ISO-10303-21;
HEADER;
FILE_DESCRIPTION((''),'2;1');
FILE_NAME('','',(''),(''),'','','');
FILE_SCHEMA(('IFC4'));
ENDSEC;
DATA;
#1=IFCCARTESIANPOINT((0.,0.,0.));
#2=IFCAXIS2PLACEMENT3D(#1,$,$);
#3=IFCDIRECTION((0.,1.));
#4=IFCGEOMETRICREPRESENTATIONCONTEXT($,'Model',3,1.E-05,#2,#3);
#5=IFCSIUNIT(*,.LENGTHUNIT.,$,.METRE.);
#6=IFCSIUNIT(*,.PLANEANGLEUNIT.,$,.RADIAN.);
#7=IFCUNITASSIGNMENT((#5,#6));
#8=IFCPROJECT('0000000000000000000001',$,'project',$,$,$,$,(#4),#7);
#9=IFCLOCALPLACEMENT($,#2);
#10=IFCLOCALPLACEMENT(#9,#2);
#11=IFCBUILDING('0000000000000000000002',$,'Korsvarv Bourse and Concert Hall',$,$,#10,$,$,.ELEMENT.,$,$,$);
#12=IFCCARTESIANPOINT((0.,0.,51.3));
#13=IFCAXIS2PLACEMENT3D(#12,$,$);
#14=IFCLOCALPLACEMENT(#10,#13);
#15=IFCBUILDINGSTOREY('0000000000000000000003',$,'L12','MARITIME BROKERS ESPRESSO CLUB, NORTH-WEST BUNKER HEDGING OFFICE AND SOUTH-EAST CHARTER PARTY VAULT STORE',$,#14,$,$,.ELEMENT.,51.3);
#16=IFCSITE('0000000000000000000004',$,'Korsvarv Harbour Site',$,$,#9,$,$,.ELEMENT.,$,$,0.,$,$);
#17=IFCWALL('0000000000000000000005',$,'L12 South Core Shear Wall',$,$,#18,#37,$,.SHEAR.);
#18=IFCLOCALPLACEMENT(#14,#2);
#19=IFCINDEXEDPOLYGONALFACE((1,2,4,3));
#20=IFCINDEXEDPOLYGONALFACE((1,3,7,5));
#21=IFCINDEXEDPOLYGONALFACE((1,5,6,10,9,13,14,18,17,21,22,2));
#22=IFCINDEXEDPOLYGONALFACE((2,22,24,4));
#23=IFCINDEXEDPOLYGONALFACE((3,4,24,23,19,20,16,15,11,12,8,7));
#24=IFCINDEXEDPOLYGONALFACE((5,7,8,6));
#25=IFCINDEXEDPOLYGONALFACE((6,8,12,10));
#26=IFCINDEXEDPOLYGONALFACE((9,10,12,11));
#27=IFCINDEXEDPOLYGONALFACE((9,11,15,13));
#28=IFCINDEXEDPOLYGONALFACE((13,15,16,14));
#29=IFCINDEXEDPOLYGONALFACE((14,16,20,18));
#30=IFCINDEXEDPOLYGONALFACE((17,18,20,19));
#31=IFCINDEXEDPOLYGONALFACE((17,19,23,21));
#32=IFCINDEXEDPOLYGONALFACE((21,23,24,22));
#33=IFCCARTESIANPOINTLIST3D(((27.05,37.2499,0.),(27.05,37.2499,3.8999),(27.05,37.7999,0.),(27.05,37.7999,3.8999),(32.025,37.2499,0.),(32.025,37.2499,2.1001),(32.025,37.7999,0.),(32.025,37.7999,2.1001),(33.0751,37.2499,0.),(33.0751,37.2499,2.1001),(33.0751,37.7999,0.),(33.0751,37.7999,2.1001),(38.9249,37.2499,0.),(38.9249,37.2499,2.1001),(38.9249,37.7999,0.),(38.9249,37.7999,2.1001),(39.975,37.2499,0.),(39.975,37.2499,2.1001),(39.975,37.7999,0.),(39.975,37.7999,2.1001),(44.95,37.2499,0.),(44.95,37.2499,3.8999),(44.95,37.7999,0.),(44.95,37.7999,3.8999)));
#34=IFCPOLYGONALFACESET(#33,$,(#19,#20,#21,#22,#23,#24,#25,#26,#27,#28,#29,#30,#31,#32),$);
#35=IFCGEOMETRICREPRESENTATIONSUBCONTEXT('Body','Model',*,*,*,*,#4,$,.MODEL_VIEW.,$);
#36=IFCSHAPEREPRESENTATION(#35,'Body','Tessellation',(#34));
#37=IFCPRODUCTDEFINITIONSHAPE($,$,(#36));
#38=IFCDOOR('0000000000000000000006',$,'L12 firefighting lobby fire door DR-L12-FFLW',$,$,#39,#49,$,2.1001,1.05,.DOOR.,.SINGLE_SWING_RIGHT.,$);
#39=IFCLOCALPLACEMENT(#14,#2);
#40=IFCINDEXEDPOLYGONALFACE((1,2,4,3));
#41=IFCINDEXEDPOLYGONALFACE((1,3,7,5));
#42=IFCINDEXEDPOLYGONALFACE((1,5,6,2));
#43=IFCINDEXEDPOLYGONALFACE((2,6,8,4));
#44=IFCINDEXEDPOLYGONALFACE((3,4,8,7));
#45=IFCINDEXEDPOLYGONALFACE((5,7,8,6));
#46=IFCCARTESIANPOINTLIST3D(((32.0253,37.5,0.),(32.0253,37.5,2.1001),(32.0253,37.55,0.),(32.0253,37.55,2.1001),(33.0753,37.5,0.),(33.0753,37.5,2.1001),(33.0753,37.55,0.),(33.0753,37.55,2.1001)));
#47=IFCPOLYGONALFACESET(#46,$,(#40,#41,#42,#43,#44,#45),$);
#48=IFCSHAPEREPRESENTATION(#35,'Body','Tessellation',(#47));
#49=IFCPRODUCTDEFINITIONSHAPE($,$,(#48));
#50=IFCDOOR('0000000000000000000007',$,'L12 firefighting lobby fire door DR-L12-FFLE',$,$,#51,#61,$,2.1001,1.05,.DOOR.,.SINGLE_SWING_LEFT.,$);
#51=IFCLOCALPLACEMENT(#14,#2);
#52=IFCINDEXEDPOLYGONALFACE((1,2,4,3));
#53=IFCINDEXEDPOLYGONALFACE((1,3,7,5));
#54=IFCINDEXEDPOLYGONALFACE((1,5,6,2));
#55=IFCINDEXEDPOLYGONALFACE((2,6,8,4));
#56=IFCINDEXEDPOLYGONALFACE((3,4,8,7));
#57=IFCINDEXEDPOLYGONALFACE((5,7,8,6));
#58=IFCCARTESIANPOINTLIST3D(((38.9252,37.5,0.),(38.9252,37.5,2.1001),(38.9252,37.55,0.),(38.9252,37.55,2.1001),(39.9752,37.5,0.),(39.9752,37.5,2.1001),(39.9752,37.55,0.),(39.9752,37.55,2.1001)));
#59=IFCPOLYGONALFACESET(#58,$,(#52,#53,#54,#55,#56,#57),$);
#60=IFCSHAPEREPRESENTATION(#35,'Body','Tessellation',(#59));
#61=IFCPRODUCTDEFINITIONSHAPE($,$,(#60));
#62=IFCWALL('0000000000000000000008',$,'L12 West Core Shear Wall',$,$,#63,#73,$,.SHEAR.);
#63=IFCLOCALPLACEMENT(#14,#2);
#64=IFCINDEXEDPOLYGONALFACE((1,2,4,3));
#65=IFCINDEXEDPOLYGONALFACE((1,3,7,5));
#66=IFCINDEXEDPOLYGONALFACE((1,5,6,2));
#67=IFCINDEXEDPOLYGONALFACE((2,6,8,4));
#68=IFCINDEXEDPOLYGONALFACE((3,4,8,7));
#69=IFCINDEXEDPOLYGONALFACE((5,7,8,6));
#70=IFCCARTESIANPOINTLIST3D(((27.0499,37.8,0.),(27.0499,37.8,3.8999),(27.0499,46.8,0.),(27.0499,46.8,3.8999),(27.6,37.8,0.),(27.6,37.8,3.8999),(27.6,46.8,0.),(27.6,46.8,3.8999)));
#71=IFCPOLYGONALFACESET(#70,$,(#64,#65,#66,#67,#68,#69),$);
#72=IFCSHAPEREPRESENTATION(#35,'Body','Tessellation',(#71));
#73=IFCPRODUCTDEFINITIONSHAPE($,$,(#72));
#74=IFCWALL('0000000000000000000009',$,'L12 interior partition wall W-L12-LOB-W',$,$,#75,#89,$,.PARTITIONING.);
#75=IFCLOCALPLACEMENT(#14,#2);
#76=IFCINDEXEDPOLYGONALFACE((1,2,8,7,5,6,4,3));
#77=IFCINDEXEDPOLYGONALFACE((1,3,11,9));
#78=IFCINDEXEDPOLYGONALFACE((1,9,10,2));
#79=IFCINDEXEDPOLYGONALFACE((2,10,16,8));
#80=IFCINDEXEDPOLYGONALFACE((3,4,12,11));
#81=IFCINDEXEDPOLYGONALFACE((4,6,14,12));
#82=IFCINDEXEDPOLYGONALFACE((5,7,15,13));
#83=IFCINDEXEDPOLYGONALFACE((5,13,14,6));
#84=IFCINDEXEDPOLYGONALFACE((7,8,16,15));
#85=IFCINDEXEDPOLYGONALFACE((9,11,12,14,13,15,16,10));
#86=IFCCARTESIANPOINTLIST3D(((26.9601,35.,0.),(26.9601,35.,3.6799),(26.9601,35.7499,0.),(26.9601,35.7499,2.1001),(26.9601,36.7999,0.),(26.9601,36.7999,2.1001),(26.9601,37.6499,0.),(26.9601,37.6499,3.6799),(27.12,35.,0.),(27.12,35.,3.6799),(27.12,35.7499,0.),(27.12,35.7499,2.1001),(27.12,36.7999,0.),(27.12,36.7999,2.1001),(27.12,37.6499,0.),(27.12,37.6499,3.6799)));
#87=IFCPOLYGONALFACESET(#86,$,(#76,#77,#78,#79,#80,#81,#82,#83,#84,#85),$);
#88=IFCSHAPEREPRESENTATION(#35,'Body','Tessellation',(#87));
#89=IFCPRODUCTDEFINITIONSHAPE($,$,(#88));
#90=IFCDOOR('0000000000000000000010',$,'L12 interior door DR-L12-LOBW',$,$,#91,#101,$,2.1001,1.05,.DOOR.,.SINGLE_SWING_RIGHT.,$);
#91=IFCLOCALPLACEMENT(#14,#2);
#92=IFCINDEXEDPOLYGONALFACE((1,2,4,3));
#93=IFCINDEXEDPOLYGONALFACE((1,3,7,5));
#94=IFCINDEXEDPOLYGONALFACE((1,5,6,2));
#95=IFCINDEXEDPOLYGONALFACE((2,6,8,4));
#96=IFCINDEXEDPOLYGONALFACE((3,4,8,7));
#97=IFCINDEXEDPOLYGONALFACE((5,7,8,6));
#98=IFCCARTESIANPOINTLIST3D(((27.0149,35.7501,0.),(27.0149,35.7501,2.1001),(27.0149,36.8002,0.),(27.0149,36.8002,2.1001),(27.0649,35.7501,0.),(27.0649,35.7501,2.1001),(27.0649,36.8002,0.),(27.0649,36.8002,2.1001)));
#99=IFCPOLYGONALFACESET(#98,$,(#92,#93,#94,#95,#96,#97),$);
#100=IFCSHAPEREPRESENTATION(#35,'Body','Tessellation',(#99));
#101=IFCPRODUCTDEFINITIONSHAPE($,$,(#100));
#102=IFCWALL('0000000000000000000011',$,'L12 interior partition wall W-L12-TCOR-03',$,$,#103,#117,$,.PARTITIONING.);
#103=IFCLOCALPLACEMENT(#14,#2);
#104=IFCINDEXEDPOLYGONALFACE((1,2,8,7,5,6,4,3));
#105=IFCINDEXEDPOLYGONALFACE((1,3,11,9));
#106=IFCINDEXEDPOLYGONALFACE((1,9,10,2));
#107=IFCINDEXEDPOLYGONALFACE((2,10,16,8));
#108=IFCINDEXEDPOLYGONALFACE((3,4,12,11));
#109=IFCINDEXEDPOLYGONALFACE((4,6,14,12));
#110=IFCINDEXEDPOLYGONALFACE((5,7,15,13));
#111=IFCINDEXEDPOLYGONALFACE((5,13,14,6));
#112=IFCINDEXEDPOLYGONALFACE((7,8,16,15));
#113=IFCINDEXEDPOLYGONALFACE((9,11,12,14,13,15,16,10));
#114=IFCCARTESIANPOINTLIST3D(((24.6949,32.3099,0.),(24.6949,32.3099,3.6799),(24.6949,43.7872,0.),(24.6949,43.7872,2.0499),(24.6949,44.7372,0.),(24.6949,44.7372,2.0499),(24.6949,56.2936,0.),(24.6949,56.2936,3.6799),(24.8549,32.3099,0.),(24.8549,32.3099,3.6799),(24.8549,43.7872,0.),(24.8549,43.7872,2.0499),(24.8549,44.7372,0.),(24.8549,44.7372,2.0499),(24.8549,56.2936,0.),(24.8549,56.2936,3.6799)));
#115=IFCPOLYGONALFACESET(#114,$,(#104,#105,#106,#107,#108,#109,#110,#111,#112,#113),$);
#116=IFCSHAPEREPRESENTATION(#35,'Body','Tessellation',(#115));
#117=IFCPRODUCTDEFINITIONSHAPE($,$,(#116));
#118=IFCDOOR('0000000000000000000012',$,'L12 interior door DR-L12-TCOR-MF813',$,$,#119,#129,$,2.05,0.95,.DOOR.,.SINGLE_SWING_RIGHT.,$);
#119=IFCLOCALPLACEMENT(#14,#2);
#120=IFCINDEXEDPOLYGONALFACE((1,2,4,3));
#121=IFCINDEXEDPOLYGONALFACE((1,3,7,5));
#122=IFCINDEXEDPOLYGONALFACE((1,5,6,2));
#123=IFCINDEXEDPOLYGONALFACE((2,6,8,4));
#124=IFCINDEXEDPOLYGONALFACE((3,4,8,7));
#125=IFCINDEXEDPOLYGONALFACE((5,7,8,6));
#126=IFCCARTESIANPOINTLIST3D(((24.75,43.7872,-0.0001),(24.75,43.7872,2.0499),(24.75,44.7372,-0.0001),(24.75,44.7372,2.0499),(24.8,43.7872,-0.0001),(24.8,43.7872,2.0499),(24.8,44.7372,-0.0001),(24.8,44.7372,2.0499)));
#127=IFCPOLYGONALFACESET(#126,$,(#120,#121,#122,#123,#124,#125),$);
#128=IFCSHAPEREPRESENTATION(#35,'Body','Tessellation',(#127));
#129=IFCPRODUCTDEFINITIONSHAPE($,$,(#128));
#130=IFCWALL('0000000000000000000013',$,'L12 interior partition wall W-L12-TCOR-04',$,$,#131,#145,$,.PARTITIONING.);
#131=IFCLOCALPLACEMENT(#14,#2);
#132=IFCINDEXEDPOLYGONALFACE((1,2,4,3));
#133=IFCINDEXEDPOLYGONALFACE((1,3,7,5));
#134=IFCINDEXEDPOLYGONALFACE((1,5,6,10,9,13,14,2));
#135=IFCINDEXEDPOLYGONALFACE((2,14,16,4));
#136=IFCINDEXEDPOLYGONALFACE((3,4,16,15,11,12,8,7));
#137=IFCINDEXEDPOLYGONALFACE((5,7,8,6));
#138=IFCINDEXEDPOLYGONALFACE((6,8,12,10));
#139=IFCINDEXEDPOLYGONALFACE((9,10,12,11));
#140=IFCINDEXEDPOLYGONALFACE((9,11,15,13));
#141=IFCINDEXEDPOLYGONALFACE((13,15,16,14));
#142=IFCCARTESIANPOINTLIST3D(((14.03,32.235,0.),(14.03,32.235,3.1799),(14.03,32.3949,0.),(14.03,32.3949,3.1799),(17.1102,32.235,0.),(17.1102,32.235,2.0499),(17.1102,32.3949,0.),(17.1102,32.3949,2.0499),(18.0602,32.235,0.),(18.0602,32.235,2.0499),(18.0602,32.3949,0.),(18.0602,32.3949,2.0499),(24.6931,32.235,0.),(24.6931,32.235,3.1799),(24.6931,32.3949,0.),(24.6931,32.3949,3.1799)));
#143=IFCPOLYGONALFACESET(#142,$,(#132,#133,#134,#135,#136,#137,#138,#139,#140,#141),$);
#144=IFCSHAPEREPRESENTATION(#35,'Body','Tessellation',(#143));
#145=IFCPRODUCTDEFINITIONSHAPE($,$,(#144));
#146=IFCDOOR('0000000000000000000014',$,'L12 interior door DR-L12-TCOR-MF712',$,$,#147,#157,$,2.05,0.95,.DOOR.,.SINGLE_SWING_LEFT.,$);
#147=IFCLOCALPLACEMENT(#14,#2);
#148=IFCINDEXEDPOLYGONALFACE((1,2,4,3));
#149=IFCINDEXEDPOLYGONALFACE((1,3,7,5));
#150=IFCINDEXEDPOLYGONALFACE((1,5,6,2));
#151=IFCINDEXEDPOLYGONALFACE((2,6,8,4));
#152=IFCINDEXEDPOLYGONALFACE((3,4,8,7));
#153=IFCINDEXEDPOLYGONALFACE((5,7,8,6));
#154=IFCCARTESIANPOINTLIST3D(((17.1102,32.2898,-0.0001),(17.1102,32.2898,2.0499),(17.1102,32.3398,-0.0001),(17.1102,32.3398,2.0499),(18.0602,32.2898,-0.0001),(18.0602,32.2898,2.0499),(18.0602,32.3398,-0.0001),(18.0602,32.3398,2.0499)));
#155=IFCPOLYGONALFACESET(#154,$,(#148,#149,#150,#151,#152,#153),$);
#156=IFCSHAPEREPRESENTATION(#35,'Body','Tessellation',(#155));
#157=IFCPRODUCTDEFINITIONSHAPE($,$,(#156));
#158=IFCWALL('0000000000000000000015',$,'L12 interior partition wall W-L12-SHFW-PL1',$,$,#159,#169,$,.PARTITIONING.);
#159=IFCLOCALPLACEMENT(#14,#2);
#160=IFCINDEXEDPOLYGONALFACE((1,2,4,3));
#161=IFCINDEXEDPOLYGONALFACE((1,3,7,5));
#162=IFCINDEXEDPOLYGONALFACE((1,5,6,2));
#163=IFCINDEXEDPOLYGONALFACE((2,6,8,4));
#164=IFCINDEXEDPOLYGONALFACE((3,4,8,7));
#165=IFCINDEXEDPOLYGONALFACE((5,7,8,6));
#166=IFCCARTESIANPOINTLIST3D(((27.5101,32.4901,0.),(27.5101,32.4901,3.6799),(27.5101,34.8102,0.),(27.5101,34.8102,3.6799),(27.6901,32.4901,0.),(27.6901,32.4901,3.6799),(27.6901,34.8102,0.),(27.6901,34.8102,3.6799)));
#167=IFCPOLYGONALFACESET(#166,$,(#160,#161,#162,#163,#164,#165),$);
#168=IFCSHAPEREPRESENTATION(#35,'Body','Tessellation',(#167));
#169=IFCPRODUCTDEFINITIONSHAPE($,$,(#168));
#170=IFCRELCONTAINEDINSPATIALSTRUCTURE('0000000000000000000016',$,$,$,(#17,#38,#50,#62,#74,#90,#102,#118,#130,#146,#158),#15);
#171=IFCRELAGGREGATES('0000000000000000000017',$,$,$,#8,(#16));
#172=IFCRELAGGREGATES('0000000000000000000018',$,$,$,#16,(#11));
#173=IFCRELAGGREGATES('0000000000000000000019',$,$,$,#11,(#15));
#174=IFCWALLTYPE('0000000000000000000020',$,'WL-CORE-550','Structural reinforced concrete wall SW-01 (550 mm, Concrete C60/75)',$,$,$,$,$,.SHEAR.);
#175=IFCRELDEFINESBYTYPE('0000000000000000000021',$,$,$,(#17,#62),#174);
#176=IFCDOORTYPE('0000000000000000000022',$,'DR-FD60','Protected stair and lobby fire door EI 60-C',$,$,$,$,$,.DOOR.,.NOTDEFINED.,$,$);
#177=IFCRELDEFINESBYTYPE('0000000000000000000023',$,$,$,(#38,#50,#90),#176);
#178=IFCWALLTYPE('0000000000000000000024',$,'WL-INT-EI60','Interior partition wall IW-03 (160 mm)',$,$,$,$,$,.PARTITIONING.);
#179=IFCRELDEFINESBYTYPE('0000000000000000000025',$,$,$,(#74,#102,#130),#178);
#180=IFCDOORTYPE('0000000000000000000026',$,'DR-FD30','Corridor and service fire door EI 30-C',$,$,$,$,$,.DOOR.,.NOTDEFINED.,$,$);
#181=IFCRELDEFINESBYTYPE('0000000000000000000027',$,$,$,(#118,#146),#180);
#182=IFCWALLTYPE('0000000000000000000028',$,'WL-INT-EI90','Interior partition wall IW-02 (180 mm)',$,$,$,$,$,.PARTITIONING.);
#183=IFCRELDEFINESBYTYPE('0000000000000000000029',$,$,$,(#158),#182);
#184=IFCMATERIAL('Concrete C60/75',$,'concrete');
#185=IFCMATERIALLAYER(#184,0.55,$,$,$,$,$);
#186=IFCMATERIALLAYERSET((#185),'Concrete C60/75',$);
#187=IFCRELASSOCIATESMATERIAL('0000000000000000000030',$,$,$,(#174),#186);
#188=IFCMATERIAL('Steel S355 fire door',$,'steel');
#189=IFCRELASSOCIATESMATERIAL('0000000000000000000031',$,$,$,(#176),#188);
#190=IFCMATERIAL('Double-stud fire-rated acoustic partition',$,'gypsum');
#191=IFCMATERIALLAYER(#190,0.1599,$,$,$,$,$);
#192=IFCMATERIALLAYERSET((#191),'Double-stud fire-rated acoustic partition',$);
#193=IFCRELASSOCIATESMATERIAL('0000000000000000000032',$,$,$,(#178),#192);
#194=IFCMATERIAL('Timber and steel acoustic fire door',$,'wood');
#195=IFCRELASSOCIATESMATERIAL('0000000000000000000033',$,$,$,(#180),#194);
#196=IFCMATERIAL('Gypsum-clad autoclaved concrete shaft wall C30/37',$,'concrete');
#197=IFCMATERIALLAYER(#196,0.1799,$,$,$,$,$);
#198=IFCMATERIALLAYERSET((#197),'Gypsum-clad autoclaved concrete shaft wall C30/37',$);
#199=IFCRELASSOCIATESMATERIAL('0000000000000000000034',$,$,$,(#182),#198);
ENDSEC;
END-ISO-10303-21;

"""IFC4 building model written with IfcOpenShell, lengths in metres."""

from ifc_helpers import new_model, si_unit, direction, frame, frame_2d, origin, place, context, subcontext, project, spatial, rectangle, extrude, material, layer, layer_set, type_object, element, fill, save


model = new_model("IFC4")

# Units and contexts
model_context = context("Model", 3, precision=1e-05, world=origin(), true_north=direction((0.0, 1.0)))
body_context = subcontext(model_context, "Body", "Model", "MODEL_VIEW")
ifc_project = project(units=[si_unit("LENGTHUNIT", "METRE"), si_unit("PLANEANGLEUNIT", "RADIAN")], contexts=[model_context])

# Site, building, storey
site_placement = place(None, origin())
site = spatial("IfcSite", under=ifc_project, at=site_placement, Name="Korsvarv Harbour Site", CompositionType="ELEMENT", RefElevation=0.0)
building_placement = place(site_placement, origin())
building = spatial("IfcBuilding", under=site, at=building_placement, Name="Korsvarv Bourse and Concert Hall", CompositionType="ELEMENT")
storey_placement = place(building_placement, frame((0.0, 0.0, 51.3)))
storey = spatial("IfcBuildingStorey", under=building, at=storey_placement, Name="L12", Description="MARITIME BROKERS ESPRESSO CLUB, NORTH-WEST BUNKER HEDGING OFFICE AND SOUTH-EAST CHARTER PARTY VAULT STORE", CompositionType="ELEMENT", Elevation=51.3)

# Shared definitions
ifc_material_1 = material(Name="Concrete C60/75", Category="concrete")

# Wall, openings, doors
ifc_layer_1 = layer(ifc_material_1, 0.55)
ifc_layer_set_1 = layer_set([ifc_layer_1], Name="Concrete C60/75")
wall_type_1 = type_object("IfcWallType", Name="WL-CORE-550", Description="Structural reinforced concrete wall SW-01 (550 mm, Concrete C60/75)", PredefinedType="SHEAR", material=ifc_layer_set_1)
wall_1_placement = place(storey_placement, frame((27.05, 37.5249, 0.0), z_axis=(0.0, 0.0, 1.0), x_axis=(1.0, 0.0, 0.0)))
wall_1 = element("IfcWall", 1, at=wall_1_placement, inside=storey, type_object=wall_type_1, Name="L12 South Core Shear Wall", PredefinedType="SHEAR", context=body_context, shape_type="SweptSolid", body=[
    extrude(rectangle(XDim=17.8999, YDim=0.55, at=frame_2d((8.95, 0.0))), origin(), (0.0, 0.0, 1.0), 3.8999),
])
opening_1_placement = place(wall_1_placement, frame((4.9751, 0.0, 0.0)))
opening_1 = element("IfcOpeningElement", 2, at=opening_1_placement, cuts=wall_1, PredefinedType="OPENING", context=body_context, shape_type="SweptSolid", body=[
    extrude(rectangle(XDim=1.05, YDim=2.1001, at=frame_2d((0.5249, 1.05))), frame((0.0, 0.2852, 0.0), z_axis=(0.0, -1.0, 0.0), x_axis=(1.0, 0.0, 0.0)), (0.0, 0.0, 1.0), 0.5701),
])
opening_2_placement = place(wall_1_placement, frame((11.875, 0.0, 0.0)))
opening_2 = element("IfcOpeningElement", 3, at=opening_2_placement, cuts=wall_1, PredefinedType="OPENING", context=body_context, shape_type="SweptSolid", body=[
    extrude(rectangle(XDim=1.05, YDim=2.1001, at=frame_2d((0.5249, 1.05))), frame((0.0, 0.2852, 0.0), z_axis=(0.0, -1.0, 0.0), x_axis=(1.0, 0.0, 0.0)), (0.0, 0.0, 1.0), 0.5701),
])
ifc_material_2 = material(Name="Steel S355 fire door", Category="steel")
door_type_1 = type_object("IfcDoorType", Name="DR-FD60", Description="Protected stair and lobby fire door EI 60-C", OperationType="NOTDEFINED", PredefinedType="DOOR", material=ifc_material_2)
door_1_placement = place(opening_1_placement, frame((1.05, 0.0, 0.0), z_axis=(0.0, 0.0, 1.0), x_axis=(-1.0, 0.0, 0.0)))
door_1 = element("IfcDoor", 4, at=door_1_placement, inside=storey, type_object=door_type_1, Name="L12 firefighting lobby fire door DR-L12-FFLW", OperationType="SINGLE_SWING_RIGHT", OverallHeight=2.1001, OverallWidth=1.05, PredefinedType="DOOR", context=body_context, shape_type="SweptSolid", body=[
    extrude(rectangle(XDim=1.05, YDim=2.1001, at=frame_2d((0.5249, 1.05))), frame((0.0, 0.0249, 0.0), z_axis=(0.0, -1.0, 0.0), x_axis=(1.0, 0.0, 0.0)), (0.0, 0.0, 1.0), 0.05),
])
fill(opening_1, door_1)
door_2_placement = place(opening_2_placement, frame((1.05, 0.0, 0.0), z_axis=(0.0, 0.0, 1.0), x_axis=(-1.0, 0.0, 0.0)))
door_2 = element("IfcDoor", 5, at=door_2_placement, inside=storey, type_object=door_type_1, Name="L12 firefighting lobby fire door DR-L12-FFLE", OperationType="SINGLE_SWING_LEFT", OverallHeight=2.1001, OverallWidth=1.05, PredefinedType="DOOR", context=body_context, shape_type="SweptSolid", body=[
    extrude(rectangle(XDim=1.05, YDim=2.1001, at=frame_2d((0.5249, 1.05))), frame((0.0, 0.0249, 0.0), z_axis=(0.0, -1.0, 0.0), x_axis=(1.0, 0.0, 0.0)), (0.0, 0.0, 1.0), 0.05),
])
fill(opening_2, door_2)

# Wall
wall_2_placement = place(storey_placement, frame((27.325, 37.8, 0.0), z_axis=(0.0, 0.0, 1.0), x_axis=(0.0, 1.0, 0.0)))
element("IfcWall", 6, at=wall_2_placement, inside=storey, type_object=wall_type_1, Name="L12 West Core Shear Wall", PredefinedType="SHEAR", context=body_context, shape_type="SweptSolid", body=[
    extrude(rectangle(XDim=9.0, YDim=0.55, at=frame_2d((4.5, 0.0))), origin(), (0.0, 0.0, 1.0), 3.8999),
])

# Walls, openings, doors
ifc_material_3 = material(Name="Double-stud fire-rated acoustic partition", Category="gypsum")
ifc_layer_2 = layer(ifc_material_3, 0.1599)
ifc_layer_set_2 = layer_set([ifc_layer_2], Name="Double-stud fire-rated acoustic partition")
wall_type_2 = type_object("IfcWallType", Name="WL-INT-EI60", Description="Interior partition wall IW-03 (160 mm)", PredefinedType="PARTITIONING", material=ifc_layer_set_2)
wall_3_placement = place(storey_placement, frame((27.04, 35.0, 0.0), z_axis=(0.0, 0.0, 1.0), x_axis=(0.0, 1.0, 0.0)))
wall_3 = element("IfcWall", 7, at=wall_3_placement, inside=storey, type_object=wall_type_2, Name="L12 interior partition wall W-L12-LOB-W", PredefinedType="PARTITIONING", context=body_context, shape_type="SweptSolid", body=[
    extrude(rectangle(XDim=2.6499, YDim=0.1599, at=frame_2d((1.325, 0.0))), origin(), (0.0, 0.0, 1.0), 3.6799),
])
opening_3_placement = place(wall_3_placement, frame((0.75, 0.0, 0.0)))
opening_3 = element("IfcOpeningElement", 8, at=opening_3_placement, cuts=wall_3, PredefinedType="OPENING", context=body_context, shape_type="SweptSolid", body=[
    extrude(rectangle(XDim=1.05, YDim=2.1001, at=frame_2d((0.5249, 1.05))), frame((0.0, 0.0898, 0.0), z_axis=(0.0, -1.0, 0.0), x_axis=(1.0, 0.0, 0.0)), (0.0, 0.0, 1.0), 0.1799),
])
door_3_placement = place(opening_3_placement, frame((1.05, 0.0, 0.0), z_axis=(0.0, 0.0, 1.0), x_axis=(-1.0, 0.0, 0.0)))
door_3 = element("IfcDoor", 9, at=door_3_placement, inside=storey, type_object=door_type_1, Name="L12 interior door DR-L12-LOBW", OperationType="SINGLE_SWING_RIGHT", OverallHeight=2.1001, OverallWidth=1.05, PredefinedType="DOOR", context=body_context, shape_type="SweptSolid", body=[
    extrude(rectangle(XDim=1.05, YDim=2.1001, at=frame_2d((0.5249, 1.05))), frame((0.0, 0.0249, 0.0), z_axis=(0.0, -1.0, 0.0), x_axis=(1.0, 0.0, 0.0)), (0.0, 0.0, 1.0), 0.05),
])
fill(opening_3, door_3)
wall_4_placement = place(storey_placement, frame((24.7749, 32.3101, 0.0), z_axis=(0.0, 0.0, 1.0), x_axis=(0.0, 1.0, 0.0)))
wall_4 = element("IfcWall", 10, at=wall_4_placement, inside=storey, type_object=wall_type_2, Name="L12 interior partition wall W-L12-TCOR-03", PredefinedType="PARTITIONING", context=body_context, shape_type="SweptSolid", body=[
    extrude(rectangle(XDim=23.9836, YDim=0.1599, at=frame_2d((11.9917, 0.0))), origin(), (0.0, 0.0, 1.0), 3.6799),
])
opening_4_placement = place(wall_4_placement, frame((11.4771, 0.0, 0.0)))
opening_4 = element("IfcOpeningElement", 11, at=opening_4_placement, cuts=wall_4, PredefinedType="OPENING", context=body_context, shape_type="SweptSolid", body=[
    extrude(rectangle(XDim=0.95, YDim=2.05, at=frame_2d((0.4751, 1.0249))), frame((0.0, 0.0898, 0.0), z_axis=(0.0, -1.0, 0.0), x_axis=(1.0, 0.0, 0.0)), (0.0, 0.0, 1.0), 0.1799),
])
ifc_material_4 = material(Name="Timber and steel acoustic fire door", Category="wood")
door_type_2 = type_object("IfcDoorType", Name="DR-FD30", Description="Corridor and service fire door EI 30-C", OperationType="NOTDEFINED", PredefinedType="DOOR", material=ifc_material_4)
door_4_placement = place(opening_4_placement, origin())
door_4 = element("IfcDoor", 12, at=door_4_placement, inside=storey, type_object=door_type_2, Name="L12 interior door DR-L12-TCOR-MF813", OperationType="SINGLE_SWING_RIGHT", OverallHeight=2.05, OverallWidth=0.95, PredefinedType="DOOR", context=body_context, shape_type="SweptSolid", body=[
    extrude(rectangle(XDim=0.95, YDim=2.05, at=frame_2d((0.4751, 1.0249))), frame((0.0, 0.0249, 0.0), z_axis=(0.0, -1.0, 0.0), x_axis=(1.0, 0.0, 0.0)), (0.0, 0.0, 1.0), 0.05),
])
fill(opening_4, door_4)
wall_5_placement = place(storey_placement, frame((14.03, 32.3149, 0.0), z_axis=(0.0, 0.0, 1.0), x_axis=(1.0, 0.0, 0.0)))
wall_5 = element("IfcWall", 13, at=wall_5_placement, inside=storey, type_object=wall_type_2, Name="L12 interior partition wall W-L12-TCOR-04", PredefinedType="PARTITIONING", context=body_context, shape_type="SweptSolid", body=[
    extrude(rectangle(XDim=10.6631, YDim=0.1599, at=frame_2d((5.3315, 0.0))), origin(), (0.0, 0.0, 1.0), 3.1799),
])
opening_5_placement = place(wall_5_placement, frame((3.0801, 0.0, 0.0)))
opening_5 = element("IfcOpeningElement", 14, at=opening_5_placement, cuts=wall_5, PredefinedType="OPENING", context=body_context, shape_type="SweptSolid", body=[
    extrude(rectangle(XDim=0.95, YDim=2.05, at=frame_2d((0.4751, 1.0249))), frame((0.0, 0.0898, 0.0), z_axis=(0.0, -1.0, 0.0), x_axis=(1.0, 0.0, 0.0)), (0.0, 0.0, 1.0), 0.1799),
])
door_5_placement = place(opening_5_placement, origin())
door_5 = element("IfcDoor", 15, at=door_5_placement, inside=storey, type_object=door_type_2, Name="L12 interior door DR-L12-TCOR-MF712", OperationType="SINGLE_SWING_LEFT", OverallHeight=2.05, OverallWidth=0.95, PredefinedType="DOOR", context=body_context, shape_type="SweptSolid", body=[
    extrude(rectangle(XDim=0.95, YDim=2.05, at=frame_2d((0.4751, 1.0249))), frame((0.0, 0.0249, 0.0), z_axis=(0.0, -1.0, 0.0), x_axis=(1.0, 0.0, 0.0)), (0.0, 0.0, 1.0), 0.05),
])
fill(opening_5, door_5)

# Wall
ifc_material_5 = material(Name="Gypsum-clad autoclaved concrete shaft wall C30/37", Category="concrete")
ifc_layer_3 = layer(ifc_material_5, 0.1799)
ifc_layer_set_3 = layer_set([ifc_layer_3], Name="Gypsum-clad autoclaved concrete shaft wall C30/37")
wall_type_3 = type_object("IfcWallType", Name="WL-INT-EI90", Description="Interior partition wall IW-02 (180 mm)", PredefinedType="PARTITIONING", material=ifc_layer_set_3)
wall_6_placement = place(storey_placement, frame((27.6001, 32.49, 0.0), z_axis=(0.0, 0.0, 1.0), x_axis=(0.0, 1.0, 0.0)))
element("IfcWall", 16, at=wall_6_placement, inside=storey, type_object=wall_type_3, Name="L12 interior partition wall W-L12-SHFW-PL1", PredefinedType="PARTITIONING", context=body_context, shape_type="SweptSolid", body=[
    extrude(rectangle(XDim=2.3201, YDim=0.1799, at=frame_2d((1.1602, 0.0))), origin(), (0.0, 0.0, 1.0), 3.6799),
])

save(model, "model.ifc")
